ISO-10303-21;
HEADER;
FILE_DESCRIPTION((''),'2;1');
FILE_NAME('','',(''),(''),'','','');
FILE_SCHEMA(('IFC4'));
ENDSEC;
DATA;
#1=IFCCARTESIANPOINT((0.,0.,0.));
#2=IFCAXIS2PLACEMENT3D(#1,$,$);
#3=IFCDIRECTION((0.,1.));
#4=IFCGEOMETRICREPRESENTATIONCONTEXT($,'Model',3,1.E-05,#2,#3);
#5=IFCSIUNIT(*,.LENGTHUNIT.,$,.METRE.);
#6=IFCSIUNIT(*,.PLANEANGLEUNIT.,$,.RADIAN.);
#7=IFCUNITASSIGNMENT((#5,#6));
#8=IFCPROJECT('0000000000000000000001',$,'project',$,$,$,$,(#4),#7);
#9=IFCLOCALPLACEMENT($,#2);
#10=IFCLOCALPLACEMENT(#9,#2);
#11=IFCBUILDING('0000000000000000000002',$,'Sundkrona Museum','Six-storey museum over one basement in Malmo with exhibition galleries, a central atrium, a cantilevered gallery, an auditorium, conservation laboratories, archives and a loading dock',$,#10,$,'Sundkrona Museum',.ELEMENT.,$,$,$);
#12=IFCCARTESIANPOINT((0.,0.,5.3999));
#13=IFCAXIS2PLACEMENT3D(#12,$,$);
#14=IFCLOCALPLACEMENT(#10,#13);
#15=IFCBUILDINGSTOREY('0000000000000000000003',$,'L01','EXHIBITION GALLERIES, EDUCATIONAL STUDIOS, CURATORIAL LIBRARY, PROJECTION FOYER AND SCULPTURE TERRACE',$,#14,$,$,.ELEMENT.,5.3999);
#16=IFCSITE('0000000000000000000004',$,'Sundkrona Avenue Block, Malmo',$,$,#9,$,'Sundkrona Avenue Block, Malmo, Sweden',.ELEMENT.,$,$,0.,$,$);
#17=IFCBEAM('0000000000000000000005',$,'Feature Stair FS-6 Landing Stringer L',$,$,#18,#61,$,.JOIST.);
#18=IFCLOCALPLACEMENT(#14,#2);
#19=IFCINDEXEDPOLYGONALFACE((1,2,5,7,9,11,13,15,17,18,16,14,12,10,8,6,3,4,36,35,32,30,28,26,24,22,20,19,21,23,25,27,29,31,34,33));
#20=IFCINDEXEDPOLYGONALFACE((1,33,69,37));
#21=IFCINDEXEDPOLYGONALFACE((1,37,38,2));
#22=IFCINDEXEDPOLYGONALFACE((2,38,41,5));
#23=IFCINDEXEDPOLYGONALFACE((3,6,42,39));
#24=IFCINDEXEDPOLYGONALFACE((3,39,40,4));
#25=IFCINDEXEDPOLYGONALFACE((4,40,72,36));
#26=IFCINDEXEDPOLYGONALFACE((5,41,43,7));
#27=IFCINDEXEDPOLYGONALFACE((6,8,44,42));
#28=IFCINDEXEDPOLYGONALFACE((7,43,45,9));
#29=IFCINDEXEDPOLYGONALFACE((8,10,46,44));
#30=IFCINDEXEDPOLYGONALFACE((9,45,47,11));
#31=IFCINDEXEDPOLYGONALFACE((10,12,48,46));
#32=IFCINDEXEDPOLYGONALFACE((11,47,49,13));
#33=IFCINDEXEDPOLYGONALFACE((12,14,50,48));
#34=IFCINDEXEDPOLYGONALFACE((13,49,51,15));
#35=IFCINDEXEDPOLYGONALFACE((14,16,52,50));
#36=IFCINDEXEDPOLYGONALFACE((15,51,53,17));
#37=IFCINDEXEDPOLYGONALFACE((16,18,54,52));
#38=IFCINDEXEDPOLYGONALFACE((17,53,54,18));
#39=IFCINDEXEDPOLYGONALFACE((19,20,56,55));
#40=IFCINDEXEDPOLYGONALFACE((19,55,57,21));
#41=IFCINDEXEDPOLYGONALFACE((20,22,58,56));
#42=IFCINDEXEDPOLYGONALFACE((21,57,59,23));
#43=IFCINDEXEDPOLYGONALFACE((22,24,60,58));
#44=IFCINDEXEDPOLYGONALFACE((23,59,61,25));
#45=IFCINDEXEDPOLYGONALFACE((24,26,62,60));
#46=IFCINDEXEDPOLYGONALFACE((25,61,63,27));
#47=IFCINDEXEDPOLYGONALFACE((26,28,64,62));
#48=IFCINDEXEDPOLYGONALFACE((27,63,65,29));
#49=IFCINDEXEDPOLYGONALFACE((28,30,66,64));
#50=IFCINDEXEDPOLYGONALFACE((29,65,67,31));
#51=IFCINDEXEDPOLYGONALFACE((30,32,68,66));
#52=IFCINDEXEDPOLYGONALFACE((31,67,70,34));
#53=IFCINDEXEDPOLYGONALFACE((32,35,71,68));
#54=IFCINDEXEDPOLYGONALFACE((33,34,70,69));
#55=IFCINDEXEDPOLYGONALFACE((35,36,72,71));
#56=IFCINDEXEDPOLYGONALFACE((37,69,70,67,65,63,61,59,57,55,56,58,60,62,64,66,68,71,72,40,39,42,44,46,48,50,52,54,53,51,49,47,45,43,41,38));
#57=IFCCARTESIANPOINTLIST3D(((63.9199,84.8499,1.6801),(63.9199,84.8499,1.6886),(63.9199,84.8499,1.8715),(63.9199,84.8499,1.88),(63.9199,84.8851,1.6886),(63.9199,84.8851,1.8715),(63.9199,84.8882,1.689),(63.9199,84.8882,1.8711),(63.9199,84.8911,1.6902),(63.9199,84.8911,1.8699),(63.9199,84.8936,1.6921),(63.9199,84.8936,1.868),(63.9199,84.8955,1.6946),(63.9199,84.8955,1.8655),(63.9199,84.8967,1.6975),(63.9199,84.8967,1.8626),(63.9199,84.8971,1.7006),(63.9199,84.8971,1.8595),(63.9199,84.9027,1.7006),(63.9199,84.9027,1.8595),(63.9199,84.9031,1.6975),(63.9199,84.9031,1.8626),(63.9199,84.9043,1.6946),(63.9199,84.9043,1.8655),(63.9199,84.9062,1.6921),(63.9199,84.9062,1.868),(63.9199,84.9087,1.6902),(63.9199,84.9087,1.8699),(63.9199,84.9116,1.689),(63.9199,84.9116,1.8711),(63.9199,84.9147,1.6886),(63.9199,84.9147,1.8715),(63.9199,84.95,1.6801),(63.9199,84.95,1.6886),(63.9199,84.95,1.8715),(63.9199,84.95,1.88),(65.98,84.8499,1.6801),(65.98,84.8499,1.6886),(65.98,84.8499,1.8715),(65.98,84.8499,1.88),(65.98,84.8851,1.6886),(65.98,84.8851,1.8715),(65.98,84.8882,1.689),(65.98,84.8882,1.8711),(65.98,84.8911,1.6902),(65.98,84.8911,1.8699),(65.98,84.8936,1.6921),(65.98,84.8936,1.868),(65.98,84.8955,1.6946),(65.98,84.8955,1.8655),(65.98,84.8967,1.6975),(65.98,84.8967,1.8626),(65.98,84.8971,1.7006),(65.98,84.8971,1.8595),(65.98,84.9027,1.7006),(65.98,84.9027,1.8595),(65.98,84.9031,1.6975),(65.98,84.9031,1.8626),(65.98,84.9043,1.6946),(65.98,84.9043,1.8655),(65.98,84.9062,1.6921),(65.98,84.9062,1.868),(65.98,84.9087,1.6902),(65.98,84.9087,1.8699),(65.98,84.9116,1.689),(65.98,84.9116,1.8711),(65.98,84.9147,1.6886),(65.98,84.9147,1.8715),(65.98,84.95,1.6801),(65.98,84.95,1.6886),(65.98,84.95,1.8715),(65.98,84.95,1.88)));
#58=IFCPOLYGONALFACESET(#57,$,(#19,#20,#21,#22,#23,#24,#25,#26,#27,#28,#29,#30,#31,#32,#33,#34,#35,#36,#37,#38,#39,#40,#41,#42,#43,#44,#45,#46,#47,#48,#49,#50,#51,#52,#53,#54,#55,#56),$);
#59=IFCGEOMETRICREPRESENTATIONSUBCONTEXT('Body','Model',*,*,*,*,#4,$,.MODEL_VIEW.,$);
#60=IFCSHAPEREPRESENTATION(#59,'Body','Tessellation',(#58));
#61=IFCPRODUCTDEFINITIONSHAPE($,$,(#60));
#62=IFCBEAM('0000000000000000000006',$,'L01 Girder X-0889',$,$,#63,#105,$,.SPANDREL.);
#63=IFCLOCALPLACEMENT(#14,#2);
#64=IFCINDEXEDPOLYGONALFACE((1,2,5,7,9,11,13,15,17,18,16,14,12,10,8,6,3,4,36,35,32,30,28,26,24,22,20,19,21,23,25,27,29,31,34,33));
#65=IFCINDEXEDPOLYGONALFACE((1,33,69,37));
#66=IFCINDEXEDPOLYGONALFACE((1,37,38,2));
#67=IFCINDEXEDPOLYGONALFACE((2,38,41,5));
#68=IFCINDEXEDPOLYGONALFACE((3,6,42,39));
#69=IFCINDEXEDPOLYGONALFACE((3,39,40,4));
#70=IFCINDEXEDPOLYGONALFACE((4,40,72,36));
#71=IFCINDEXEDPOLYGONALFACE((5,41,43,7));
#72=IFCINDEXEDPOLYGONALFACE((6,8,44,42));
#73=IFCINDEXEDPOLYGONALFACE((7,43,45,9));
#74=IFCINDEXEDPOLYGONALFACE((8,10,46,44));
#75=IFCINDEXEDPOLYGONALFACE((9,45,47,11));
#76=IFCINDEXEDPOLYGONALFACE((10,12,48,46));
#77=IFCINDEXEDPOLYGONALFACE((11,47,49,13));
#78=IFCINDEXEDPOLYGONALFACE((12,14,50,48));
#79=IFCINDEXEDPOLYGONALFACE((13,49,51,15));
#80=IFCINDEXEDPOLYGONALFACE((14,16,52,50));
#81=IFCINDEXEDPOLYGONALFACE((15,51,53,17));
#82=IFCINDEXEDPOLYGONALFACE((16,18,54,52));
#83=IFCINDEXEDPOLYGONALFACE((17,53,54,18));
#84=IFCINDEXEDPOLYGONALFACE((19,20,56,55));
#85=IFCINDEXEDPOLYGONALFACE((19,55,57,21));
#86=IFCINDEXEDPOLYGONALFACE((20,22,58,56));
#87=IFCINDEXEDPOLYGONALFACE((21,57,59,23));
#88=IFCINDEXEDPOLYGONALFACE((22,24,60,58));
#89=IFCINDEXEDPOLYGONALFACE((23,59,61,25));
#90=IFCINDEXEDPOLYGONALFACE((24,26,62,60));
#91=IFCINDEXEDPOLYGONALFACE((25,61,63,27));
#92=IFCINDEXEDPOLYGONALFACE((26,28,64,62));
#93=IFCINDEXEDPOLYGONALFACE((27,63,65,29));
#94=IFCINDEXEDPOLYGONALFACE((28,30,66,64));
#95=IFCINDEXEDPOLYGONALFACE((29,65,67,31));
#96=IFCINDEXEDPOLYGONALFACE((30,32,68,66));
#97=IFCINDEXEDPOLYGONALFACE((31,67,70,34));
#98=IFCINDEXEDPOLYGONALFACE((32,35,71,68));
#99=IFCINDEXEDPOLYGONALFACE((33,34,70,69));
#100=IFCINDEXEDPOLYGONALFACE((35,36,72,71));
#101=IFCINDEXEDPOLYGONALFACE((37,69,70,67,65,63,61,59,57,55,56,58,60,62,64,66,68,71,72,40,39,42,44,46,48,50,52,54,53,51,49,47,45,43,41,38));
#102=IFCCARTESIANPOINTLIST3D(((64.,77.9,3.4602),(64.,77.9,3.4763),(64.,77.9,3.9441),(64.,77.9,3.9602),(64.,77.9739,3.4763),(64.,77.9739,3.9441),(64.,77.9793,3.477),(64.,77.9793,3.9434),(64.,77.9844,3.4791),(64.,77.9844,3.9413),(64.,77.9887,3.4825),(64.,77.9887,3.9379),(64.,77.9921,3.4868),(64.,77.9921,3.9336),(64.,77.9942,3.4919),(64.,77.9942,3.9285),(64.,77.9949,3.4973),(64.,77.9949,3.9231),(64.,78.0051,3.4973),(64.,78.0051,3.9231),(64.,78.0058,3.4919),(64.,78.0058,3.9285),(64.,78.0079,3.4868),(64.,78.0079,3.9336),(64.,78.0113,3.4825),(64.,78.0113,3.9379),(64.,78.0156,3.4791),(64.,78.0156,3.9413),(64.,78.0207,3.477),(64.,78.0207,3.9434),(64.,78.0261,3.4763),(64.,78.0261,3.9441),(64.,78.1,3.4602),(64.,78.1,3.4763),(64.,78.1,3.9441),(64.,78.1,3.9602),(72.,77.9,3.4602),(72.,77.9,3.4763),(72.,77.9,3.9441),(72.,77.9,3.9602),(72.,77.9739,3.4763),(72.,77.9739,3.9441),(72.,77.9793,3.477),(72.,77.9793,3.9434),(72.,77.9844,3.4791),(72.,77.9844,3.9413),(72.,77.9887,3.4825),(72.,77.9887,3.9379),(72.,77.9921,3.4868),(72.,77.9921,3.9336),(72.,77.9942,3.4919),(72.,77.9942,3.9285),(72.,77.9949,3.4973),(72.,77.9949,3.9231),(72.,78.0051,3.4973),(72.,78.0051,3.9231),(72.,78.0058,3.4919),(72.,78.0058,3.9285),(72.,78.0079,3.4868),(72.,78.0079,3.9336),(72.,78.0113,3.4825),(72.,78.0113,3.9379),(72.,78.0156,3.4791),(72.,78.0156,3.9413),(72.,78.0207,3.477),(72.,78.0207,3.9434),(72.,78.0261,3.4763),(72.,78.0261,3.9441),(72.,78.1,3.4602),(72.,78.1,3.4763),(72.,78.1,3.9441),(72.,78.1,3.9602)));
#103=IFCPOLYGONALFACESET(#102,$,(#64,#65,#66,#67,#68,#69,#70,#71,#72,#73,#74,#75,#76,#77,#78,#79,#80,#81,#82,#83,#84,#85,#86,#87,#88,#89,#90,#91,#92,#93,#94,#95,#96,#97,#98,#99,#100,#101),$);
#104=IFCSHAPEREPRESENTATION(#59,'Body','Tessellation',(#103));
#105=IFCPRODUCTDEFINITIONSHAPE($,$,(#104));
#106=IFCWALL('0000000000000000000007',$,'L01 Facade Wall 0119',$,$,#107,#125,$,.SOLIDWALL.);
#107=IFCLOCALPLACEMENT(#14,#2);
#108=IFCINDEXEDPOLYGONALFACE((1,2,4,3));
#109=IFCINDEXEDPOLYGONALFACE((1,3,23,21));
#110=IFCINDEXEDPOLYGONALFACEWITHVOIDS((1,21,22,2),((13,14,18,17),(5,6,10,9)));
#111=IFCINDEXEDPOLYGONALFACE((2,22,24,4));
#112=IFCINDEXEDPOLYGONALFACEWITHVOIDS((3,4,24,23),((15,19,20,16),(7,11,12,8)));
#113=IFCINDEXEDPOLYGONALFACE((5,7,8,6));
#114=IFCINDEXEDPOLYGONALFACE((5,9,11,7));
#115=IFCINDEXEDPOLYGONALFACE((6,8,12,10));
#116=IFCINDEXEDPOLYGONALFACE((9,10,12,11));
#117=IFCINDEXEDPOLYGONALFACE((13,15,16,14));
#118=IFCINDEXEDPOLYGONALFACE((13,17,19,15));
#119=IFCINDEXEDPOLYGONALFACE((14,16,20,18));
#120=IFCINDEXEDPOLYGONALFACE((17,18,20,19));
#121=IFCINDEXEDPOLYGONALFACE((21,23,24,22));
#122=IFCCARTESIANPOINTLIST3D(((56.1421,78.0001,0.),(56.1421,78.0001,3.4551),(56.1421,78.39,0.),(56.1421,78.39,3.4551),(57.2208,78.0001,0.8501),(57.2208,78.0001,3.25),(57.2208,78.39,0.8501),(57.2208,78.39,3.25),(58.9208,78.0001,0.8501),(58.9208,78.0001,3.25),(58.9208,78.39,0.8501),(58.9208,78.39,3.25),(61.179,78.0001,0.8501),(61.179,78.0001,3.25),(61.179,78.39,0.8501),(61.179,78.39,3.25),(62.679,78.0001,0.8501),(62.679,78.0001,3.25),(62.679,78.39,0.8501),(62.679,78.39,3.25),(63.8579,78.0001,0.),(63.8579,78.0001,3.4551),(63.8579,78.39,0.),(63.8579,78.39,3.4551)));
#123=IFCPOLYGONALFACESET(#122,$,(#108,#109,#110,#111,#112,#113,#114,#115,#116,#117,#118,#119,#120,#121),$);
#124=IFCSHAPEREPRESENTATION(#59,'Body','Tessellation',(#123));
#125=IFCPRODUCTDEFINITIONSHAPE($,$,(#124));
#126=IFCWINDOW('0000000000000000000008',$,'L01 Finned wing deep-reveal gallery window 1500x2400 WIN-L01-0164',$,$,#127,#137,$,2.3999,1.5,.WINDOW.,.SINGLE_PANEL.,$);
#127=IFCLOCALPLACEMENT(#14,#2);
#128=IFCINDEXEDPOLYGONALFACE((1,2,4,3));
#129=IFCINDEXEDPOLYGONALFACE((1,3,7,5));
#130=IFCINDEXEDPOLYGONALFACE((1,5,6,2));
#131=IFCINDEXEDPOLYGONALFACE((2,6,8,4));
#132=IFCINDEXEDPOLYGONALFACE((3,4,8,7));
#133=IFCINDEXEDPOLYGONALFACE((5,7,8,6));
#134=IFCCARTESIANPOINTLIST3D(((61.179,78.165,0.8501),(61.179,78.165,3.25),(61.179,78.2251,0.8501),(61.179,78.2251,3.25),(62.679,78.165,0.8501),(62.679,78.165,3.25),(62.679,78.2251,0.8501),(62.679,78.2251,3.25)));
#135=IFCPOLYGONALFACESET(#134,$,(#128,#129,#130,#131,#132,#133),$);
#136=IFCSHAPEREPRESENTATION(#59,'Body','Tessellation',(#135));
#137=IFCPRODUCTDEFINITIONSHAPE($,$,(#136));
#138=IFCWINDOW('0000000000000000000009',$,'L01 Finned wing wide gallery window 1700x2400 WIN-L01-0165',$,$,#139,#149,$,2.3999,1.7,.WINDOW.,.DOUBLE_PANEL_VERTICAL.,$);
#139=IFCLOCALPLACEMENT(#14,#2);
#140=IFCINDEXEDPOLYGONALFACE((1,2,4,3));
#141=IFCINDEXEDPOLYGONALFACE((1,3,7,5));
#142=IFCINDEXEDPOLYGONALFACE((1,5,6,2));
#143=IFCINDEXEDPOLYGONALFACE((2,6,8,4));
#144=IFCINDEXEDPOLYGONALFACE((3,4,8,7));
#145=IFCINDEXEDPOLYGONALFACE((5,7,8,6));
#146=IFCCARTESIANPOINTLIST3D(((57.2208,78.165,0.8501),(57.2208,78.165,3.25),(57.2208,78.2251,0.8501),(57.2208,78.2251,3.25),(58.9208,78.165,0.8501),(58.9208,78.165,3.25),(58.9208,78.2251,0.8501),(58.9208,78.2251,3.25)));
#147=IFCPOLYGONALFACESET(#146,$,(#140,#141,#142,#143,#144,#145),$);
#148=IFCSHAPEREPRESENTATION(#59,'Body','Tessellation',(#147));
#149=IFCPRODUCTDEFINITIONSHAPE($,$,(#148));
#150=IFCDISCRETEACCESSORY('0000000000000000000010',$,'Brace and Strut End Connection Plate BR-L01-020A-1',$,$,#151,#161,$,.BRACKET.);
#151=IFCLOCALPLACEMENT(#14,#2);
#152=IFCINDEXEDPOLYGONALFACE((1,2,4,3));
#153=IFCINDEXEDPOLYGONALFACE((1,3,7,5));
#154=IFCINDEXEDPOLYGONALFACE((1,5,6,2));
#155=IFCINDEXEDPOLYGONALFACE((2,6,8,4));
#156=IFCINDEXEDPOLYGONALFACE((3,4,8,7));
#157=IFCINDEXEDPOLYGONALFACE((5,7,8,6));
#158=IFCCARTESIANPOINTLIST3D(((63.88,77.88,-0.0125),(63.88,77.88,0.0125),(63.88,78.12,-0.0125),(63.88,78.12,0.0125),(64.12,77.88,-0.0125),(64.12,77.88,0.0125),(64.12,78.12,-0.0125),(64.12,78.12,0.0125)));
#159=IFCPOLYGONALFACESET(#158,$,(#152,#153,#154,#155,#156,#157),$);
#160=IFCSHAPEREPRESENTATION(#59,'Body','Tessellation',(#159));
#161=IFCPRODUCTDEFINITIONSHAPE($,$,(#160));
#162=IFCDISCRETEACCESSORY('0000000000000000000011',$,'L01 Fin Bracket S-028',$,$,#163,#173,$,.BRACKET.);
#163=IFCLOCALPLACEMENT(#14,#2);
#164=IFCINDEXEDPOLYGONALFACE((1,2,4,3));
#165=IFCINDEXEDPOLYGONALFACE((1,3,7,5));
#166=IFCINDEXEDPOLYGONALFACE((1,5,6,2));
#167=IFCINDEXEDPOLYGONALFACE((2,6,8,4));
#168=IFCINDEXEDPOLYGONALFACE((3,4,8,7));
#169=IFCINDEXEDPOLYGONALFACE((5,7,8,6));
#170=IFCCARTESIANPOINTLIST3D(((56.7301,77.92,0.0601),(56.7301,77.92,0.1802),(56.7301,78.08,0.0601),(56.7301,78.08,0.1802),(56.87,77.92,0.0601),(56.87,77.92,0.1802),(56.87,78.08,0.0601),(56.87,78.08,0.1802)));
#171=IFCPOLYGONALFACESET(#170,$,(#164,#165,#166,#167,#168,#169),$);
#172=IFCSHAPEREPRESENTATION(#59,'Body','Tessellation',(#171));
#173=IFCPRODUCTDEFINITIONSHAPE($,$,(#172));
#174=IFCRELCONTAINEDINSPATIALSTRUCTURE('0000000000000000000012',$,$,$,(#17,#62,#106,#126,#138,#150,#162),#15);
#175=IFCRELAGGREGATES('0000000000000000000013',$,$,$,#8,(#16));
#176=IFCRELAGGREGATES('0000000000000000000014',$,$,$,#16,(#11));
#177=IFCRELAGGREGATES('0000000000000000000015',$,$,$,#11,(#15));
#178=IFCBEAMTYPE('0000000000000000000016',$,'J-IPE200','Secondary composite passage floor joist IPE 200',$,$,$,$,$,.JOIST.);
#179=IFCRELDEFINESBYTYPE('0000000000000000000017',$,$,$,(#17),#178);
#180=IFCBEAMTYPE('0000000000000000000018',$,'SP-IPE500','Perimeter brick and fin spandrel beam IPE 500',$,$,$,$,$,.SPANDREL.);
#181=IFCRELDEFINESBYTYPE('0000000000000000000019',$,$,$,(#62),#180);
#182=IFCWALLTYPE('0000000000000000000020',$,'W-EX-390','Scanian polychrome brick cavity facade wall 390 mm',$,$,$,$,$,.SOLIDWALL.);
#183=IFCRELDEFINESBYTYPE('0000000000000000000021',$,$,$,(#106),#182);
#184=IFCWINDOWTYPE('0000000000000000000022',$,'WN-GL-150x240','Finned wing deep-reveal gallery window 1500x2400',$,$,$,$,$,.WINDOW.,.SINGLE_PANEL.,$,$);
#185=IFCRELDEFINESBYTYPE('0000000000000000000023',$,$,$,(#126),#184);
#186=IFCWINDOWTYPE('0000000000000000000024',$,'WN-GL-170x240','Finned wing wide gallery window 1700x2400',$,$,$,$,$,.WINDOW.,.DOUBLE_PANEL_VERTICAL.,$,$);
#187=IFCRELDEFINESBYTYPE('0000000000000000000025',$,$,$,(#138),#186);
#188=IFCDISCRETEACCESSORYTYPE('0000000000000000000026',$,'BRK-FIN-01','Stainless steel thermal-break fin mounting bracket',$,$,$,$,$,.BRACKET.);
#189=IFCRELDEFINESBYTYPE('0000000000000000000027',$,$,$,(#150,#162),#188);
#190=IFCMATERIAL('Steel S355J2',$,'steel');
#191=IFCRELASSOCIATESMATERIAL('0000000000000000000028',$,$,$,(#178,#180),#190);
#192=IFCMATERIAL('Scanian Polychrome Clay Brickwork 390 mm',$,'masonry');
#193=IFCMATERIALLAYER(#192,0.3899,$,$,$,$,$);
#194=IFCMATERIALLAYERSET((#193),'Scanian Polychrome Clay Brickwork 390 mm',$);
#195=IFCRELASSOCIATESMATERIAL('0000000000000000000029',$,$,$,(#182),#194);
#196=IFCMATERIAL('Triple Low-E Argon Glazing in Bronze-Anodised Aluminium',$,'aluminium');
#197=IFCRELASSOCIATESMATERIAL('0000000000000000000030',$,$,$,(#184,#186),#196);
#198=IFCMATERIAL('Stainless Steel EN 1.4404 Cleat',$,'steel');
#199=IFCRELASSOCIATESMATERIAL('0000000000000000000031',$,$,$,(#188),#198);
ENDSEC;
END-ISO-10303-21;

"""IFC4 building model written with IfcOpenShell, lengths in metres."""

from ifc_helpers import new_model, si_unit, direction, frame, frame_2d, origin, origin_2d, place, context, subcontext, project, spatial, rectangle, i_section, extrude, material, layer, layer_set, material_profile, profile_set, type_object, element, fill, save


model = new_model("IFC4")

# Units and contexts
model_context = context("Model", 3, precision=1e-05, world=origin(), true_north=direction((0.0, 1.0)))
body_context = subcontext(model_context, "Body", "Model", "MODEL_VIEW")
ifc_project = project(units=[si_unit("LENGTHUNIT", "METRE"), si_unit("PLANEANGLEUNIT", "RADIAN")], contexts=[model_context])

# Site, building, storey
site_placement = place(None, origin())
site = spatial("IfcSite", under=ifc_project, at=site_placement, Name="Sundkrona Avenue Block, Malmo", LongName="Sundkrona Avenue Block, Malmo, Sweden", CompositionType="ELEMENT", RefElevation=0.0)
building_placement = place(site_placement, origin())
building = spatial("IfcBuilding", under=site, at=building_placement, Name="Sundkrona Museum", Description="Six-storey museum over one basement in Malmo with exhibition galleries, a central atrium, a cantilevered gallery, an auditorium, conservation laboratories, archives and a loading dock", LongName="Sundkrona Museum", CompositionType="ELEMENT")
storey_placement = place(building_placement, frame((0.0, 0.0, 5.3999)))
storey = spatial("IfcBuildingStorey", under=building, at=storey_placement, Name="L01", Description="EXHIBITION GALLERIES, EDUCATIONAL STUDIOS, CURATORIAL LIBRARY, PROJECTION FOYER AND SCULPTURE TERRACE", CompositionType="ELEMENT", Elevation=5.3999)

# Shared definitions
ifc_material_1 = material(Name="Steel S355J2", Category="steel")

# Beams
ifc_material_profile_1 = material_profile(ifc_material_1, i_section(OverallWidth=0.1001, OverallDepth=0.2, WebThickness=0.0056, FlangeThickness=0.0085, FilletRadius=0.012, at=origin_2d()), Name="IPE 200")
ifc_profile_set_1 = profile_set([ifc_material_profile_1], Name="Steel S355J2")
beam_type_1 = type_object("IfcBeamType", Name="J-IPE200", Description="Secondary composite passage floor joist IPE 200", PredefinedType="JOIST", material=ifc_profile_set_1)
beam_1_placement = place(storey_placement, frame((63.9199, 84.8999, 1.78), z_axis=(1.0, 0.0, 0.0), x_axis=(0.0, 1.0, 0.0)))
element("IfcBeam", 1, at=beam_1_placement, inside=storey, type_object=beam_type_1, Name="Feature Stair FS-6 Landing Stringer L", PredefinedType="JOIST", context=body_context, shape_type="SweptSolid", body=[
    extrude(i_section(OverallWidth=0.1001, OverallDepth=0.2, WebThickness=0.0056, FlangeThickness=0.0085, FilletRadius=0.012, at=origin_2d()), origin(), (0.0, 0.0, 1.0), 2.0601),
])
ifc_material_profile_2 = material_profile(ifc_material_1, i_section(OverallWidth=0.2, OverallDepth=0.5, WebThickness=0.0103, FlangeThickness=0.0161, FilletRadius=0.021, at=origin_2d()), Name="IPE 500")
ifc_profile_set_2 = profile_set([ifc_material_profile_2], Name="Steel S355J2")
beam_type_2 = type_object("IfcBeamType", Name="SP-IPE500", Description="Perimeter brick and fin spandrel beam IPE 500", PredefinedType="SPANDREL", material=ifc_profile_set_2)
beam_2_placement = place(storey_placement, frame((64.0, 78.0, 3.7102), z_axis=(1.0, 0.0, 0.0), x_axis=(0.0, 1.0, 0.0)))
element("IfcBeam", 2, at=beam_2_placement, inside=storey, type_object=beam_type_2, Name="L01 Girder X-0889", PredefinedType="SPANDREL", context=body_context, shape_type="SweptSolid", body=[
    extrude(i_section(OverallWidth=0.2, OverallDepth=0.5, WebThickness=0.0103, FlangeThickness=0.0161, FilletRadius=0.021, at=origin_2d()), origin(), (0.0, 0.0, 1.0), 8.0),
])

# Wall, openings, windows
ifc_material_2 = material(Name="Scanian Polychrome Clay Brickwork 390 mm", Category="masonry")
ifc_layer = layer(ifc_material_2, 0.3899)
ifc_layer_set = layer_set([ifc_layer], Name="Scanian Polychrome Clay Brickwork 390 mm")
wall_type = type_object("IfcWallType", Name="W-EX-390", Description="Scanian polychrome brick cavity facade wall 390 mm", PredefinedType="SOLIDWALL", material=ifc_layer_set)
wall_placement = place(storey_placement, frame((63.8579, 78.1951, 0.0), z_axis=(0.0, 0.0, 1.0), x_axis=(-1.0, 0.0, 0.0)))
wall = element("IfcWall", 3, at=wall_placement, inside=storey, type_object=wall_type, Name="L01 Facade Wall 0119", PredefinedType="SOLIDWALL", context=body_context, shape_type="SweptSolid", body=[
    extrude(rectangle(XDim=7.7158, YDim=0.3899, at=frame_2d((3.8579, 0.0))), origin(), (0.0, 0.0, 1.0), 3.4551),
])
opening_1_placement = place(wall_placement, frame((1.179, 0.0, 0.8501)))
opening_1 = element("IfcOpeningElement", 4, at=opening_1_placement, cuts=wall, PredefinedType="OPENING", context=body_context, shape_type="SweptSolid", body=[
    extrude(rectangle(XDim=1.5, YDim=2.3999, at=frame_2d((0.75, 1.2))), frame((0.0, 0.2048, 0.0), z_axis=(0.0, -1.0, 0.0), x_axis=(1.0, 0.0, 0.0)), (0.0, 0.0, 1.0), 0.4099),
])
opening_2_placement = place(wall_placement, frame((4.937, 0.0, 0.8501)))
opening_2 = element("IfcOpeningElement", 5, at=opening_2_placement, cuts=wall, PredefinedType="OPENING", context=body_context, shape_type="SweptSolid", body=[
    extrude(rectangle(XDim=1.7, YDim=2.3999, at=frame_2d((0.8501, 1.2))), frame((0.0, 0.2048, 0.0), z_axis=(0.0, -1.0, 0.0), x_axis=(1.0, 0.0, 0.0)), (0.0, 0.0, 1.0), 0.4099),
])
ifc_material_3 = material(Name="Triple Low-E Argon Glazing in Bronze-Anodised Aluminium", Category="aluminium")
window_type_1 = type_object("IfcWindowType", Name="WN-GL-150x240", Description="Finned wing deep-reveal gallery window 1500x2400", PartitioningType="SINGLE_PANEL", PredefinedType="WINDOW", material=ifc_material_3)
window_1_placement = place(opening_1_placement, origin())
window_1 = element("IfcWindow", 6, at=window_1_placement, inside=storey, type_object=window_type_1, Name="L01 Finned wing deep-reveal gallery window 1500x2400 WIN-L01-0164", OverallHeight=2.3999, OverallWidth=1.5, PartitioningType="SINGLE_PANEL", PredefinedType="WINDOW", context=body_context, shape_type="SweptSolid", body=[
    extrude(rectangle(XDim=1.5, YDim=2.3999, at=frame_2d((0.75, 1.2))), frame((0.0, 0.03, 0.0), z_axis=(0.0, -1.0, 0.0), x_axis=(1.0, 0.0, 0.0)), (0.0, 0.0, 1.0), 0.0601),
])
fill(opening_1, window_1)
window_type_2 = type_object("IfcWindowType", Name="WN-GL-170x240", Description="Finned wing wide gallery window 1700x2400", PartitioningType="DOUBLE_PANEL_VERTICAL", PredefinedType="WINDOW", material=ifc_material_3)
window_2_placement = place(opening_2_placement, origin())
window_2 = element("IfcWindow", 7, at=window_2_placement, inside=storey, type_object=window_type_2, Name="L01 Finned wing wide gallery window 1700x2400 WIN-L01-0165", OverallHeight=2.3999, OverallWidth=1.7, PartitioningType="DOUBLE_PANEL_VERTICAL", PredefinedType="WINDOW", context=body_context, shape_type="SweptSolid", body=[
    extrude(rectangle(XDim=1.7, YDim=2.3999, at=frame_2d((0.8501, 1.2))), frame((0.0, 0.03, 0.0), z_axis=(0.0, -1.0, 0.0), x_axis=(1.0, 0.0, 0.0)), (0.0, 0.0, 1.0), 0.0601),
])
fill(opening_2, window_2)

# Discrete accessories
ifc_material_4 = material(Name="Stainless Steel EN 1.4404 Cleat", Category="steel")
discrete_accessory_type = type_object("IfcDiscreteAccessoryType", Name="BRK-FIN-01", Description="Stainless steel thermal-break fin mounting bracket", PredefinedType="BRACKET", material=ifc_material_4)
discrete_accessory_placement = place(storey_placement, frame((64.0, 78.0, -0.0125), z_axis=(0.0, 0.0, 1.0), x_axis=(1.0, 0.0, 0.0)))
element("IfcDiscreteAccessory", 8, at=discrete_accessory_placement, inside=storey, type_object=discrete_accessory_type, Name="Brace and Strut End Connection Plate BR-L01-020A-1", PredefinedType="BRACKET", context=body_context, shape_type="SweptSolid", body=[
    extrude(rectangle(XDim=0.24, YDim=0.24, at=origin_2d()), origin(), (0.0, 0.0, 1.0), 0.0249),
])
for number, where, z_axis, x_axis, name in (
    (9, (56.8, 78.0, 0.0601), (0.0, 0.0, 1.0), (1.0, 0.0, 0.0), "L01 Fin Bracket S-028"),
):
    element("IfcDiscreteAccessory", number, at=place(storey_placement, frame(where, z_axis=z_axis, x_axis=x_axis)), inside=storey, type_object=discrete_accessory_type, Name=name, PredefinedType="BRACKET", context=body_context, shape_type="SweptSolid", body=[
        extrude(rectangle(XDim=0.1399, YDim=0.1599, at=origin_2d()), origin(), (0.0, 0.0, 1.0), 0.1201),
    ])

save(model, "model.ifc")
